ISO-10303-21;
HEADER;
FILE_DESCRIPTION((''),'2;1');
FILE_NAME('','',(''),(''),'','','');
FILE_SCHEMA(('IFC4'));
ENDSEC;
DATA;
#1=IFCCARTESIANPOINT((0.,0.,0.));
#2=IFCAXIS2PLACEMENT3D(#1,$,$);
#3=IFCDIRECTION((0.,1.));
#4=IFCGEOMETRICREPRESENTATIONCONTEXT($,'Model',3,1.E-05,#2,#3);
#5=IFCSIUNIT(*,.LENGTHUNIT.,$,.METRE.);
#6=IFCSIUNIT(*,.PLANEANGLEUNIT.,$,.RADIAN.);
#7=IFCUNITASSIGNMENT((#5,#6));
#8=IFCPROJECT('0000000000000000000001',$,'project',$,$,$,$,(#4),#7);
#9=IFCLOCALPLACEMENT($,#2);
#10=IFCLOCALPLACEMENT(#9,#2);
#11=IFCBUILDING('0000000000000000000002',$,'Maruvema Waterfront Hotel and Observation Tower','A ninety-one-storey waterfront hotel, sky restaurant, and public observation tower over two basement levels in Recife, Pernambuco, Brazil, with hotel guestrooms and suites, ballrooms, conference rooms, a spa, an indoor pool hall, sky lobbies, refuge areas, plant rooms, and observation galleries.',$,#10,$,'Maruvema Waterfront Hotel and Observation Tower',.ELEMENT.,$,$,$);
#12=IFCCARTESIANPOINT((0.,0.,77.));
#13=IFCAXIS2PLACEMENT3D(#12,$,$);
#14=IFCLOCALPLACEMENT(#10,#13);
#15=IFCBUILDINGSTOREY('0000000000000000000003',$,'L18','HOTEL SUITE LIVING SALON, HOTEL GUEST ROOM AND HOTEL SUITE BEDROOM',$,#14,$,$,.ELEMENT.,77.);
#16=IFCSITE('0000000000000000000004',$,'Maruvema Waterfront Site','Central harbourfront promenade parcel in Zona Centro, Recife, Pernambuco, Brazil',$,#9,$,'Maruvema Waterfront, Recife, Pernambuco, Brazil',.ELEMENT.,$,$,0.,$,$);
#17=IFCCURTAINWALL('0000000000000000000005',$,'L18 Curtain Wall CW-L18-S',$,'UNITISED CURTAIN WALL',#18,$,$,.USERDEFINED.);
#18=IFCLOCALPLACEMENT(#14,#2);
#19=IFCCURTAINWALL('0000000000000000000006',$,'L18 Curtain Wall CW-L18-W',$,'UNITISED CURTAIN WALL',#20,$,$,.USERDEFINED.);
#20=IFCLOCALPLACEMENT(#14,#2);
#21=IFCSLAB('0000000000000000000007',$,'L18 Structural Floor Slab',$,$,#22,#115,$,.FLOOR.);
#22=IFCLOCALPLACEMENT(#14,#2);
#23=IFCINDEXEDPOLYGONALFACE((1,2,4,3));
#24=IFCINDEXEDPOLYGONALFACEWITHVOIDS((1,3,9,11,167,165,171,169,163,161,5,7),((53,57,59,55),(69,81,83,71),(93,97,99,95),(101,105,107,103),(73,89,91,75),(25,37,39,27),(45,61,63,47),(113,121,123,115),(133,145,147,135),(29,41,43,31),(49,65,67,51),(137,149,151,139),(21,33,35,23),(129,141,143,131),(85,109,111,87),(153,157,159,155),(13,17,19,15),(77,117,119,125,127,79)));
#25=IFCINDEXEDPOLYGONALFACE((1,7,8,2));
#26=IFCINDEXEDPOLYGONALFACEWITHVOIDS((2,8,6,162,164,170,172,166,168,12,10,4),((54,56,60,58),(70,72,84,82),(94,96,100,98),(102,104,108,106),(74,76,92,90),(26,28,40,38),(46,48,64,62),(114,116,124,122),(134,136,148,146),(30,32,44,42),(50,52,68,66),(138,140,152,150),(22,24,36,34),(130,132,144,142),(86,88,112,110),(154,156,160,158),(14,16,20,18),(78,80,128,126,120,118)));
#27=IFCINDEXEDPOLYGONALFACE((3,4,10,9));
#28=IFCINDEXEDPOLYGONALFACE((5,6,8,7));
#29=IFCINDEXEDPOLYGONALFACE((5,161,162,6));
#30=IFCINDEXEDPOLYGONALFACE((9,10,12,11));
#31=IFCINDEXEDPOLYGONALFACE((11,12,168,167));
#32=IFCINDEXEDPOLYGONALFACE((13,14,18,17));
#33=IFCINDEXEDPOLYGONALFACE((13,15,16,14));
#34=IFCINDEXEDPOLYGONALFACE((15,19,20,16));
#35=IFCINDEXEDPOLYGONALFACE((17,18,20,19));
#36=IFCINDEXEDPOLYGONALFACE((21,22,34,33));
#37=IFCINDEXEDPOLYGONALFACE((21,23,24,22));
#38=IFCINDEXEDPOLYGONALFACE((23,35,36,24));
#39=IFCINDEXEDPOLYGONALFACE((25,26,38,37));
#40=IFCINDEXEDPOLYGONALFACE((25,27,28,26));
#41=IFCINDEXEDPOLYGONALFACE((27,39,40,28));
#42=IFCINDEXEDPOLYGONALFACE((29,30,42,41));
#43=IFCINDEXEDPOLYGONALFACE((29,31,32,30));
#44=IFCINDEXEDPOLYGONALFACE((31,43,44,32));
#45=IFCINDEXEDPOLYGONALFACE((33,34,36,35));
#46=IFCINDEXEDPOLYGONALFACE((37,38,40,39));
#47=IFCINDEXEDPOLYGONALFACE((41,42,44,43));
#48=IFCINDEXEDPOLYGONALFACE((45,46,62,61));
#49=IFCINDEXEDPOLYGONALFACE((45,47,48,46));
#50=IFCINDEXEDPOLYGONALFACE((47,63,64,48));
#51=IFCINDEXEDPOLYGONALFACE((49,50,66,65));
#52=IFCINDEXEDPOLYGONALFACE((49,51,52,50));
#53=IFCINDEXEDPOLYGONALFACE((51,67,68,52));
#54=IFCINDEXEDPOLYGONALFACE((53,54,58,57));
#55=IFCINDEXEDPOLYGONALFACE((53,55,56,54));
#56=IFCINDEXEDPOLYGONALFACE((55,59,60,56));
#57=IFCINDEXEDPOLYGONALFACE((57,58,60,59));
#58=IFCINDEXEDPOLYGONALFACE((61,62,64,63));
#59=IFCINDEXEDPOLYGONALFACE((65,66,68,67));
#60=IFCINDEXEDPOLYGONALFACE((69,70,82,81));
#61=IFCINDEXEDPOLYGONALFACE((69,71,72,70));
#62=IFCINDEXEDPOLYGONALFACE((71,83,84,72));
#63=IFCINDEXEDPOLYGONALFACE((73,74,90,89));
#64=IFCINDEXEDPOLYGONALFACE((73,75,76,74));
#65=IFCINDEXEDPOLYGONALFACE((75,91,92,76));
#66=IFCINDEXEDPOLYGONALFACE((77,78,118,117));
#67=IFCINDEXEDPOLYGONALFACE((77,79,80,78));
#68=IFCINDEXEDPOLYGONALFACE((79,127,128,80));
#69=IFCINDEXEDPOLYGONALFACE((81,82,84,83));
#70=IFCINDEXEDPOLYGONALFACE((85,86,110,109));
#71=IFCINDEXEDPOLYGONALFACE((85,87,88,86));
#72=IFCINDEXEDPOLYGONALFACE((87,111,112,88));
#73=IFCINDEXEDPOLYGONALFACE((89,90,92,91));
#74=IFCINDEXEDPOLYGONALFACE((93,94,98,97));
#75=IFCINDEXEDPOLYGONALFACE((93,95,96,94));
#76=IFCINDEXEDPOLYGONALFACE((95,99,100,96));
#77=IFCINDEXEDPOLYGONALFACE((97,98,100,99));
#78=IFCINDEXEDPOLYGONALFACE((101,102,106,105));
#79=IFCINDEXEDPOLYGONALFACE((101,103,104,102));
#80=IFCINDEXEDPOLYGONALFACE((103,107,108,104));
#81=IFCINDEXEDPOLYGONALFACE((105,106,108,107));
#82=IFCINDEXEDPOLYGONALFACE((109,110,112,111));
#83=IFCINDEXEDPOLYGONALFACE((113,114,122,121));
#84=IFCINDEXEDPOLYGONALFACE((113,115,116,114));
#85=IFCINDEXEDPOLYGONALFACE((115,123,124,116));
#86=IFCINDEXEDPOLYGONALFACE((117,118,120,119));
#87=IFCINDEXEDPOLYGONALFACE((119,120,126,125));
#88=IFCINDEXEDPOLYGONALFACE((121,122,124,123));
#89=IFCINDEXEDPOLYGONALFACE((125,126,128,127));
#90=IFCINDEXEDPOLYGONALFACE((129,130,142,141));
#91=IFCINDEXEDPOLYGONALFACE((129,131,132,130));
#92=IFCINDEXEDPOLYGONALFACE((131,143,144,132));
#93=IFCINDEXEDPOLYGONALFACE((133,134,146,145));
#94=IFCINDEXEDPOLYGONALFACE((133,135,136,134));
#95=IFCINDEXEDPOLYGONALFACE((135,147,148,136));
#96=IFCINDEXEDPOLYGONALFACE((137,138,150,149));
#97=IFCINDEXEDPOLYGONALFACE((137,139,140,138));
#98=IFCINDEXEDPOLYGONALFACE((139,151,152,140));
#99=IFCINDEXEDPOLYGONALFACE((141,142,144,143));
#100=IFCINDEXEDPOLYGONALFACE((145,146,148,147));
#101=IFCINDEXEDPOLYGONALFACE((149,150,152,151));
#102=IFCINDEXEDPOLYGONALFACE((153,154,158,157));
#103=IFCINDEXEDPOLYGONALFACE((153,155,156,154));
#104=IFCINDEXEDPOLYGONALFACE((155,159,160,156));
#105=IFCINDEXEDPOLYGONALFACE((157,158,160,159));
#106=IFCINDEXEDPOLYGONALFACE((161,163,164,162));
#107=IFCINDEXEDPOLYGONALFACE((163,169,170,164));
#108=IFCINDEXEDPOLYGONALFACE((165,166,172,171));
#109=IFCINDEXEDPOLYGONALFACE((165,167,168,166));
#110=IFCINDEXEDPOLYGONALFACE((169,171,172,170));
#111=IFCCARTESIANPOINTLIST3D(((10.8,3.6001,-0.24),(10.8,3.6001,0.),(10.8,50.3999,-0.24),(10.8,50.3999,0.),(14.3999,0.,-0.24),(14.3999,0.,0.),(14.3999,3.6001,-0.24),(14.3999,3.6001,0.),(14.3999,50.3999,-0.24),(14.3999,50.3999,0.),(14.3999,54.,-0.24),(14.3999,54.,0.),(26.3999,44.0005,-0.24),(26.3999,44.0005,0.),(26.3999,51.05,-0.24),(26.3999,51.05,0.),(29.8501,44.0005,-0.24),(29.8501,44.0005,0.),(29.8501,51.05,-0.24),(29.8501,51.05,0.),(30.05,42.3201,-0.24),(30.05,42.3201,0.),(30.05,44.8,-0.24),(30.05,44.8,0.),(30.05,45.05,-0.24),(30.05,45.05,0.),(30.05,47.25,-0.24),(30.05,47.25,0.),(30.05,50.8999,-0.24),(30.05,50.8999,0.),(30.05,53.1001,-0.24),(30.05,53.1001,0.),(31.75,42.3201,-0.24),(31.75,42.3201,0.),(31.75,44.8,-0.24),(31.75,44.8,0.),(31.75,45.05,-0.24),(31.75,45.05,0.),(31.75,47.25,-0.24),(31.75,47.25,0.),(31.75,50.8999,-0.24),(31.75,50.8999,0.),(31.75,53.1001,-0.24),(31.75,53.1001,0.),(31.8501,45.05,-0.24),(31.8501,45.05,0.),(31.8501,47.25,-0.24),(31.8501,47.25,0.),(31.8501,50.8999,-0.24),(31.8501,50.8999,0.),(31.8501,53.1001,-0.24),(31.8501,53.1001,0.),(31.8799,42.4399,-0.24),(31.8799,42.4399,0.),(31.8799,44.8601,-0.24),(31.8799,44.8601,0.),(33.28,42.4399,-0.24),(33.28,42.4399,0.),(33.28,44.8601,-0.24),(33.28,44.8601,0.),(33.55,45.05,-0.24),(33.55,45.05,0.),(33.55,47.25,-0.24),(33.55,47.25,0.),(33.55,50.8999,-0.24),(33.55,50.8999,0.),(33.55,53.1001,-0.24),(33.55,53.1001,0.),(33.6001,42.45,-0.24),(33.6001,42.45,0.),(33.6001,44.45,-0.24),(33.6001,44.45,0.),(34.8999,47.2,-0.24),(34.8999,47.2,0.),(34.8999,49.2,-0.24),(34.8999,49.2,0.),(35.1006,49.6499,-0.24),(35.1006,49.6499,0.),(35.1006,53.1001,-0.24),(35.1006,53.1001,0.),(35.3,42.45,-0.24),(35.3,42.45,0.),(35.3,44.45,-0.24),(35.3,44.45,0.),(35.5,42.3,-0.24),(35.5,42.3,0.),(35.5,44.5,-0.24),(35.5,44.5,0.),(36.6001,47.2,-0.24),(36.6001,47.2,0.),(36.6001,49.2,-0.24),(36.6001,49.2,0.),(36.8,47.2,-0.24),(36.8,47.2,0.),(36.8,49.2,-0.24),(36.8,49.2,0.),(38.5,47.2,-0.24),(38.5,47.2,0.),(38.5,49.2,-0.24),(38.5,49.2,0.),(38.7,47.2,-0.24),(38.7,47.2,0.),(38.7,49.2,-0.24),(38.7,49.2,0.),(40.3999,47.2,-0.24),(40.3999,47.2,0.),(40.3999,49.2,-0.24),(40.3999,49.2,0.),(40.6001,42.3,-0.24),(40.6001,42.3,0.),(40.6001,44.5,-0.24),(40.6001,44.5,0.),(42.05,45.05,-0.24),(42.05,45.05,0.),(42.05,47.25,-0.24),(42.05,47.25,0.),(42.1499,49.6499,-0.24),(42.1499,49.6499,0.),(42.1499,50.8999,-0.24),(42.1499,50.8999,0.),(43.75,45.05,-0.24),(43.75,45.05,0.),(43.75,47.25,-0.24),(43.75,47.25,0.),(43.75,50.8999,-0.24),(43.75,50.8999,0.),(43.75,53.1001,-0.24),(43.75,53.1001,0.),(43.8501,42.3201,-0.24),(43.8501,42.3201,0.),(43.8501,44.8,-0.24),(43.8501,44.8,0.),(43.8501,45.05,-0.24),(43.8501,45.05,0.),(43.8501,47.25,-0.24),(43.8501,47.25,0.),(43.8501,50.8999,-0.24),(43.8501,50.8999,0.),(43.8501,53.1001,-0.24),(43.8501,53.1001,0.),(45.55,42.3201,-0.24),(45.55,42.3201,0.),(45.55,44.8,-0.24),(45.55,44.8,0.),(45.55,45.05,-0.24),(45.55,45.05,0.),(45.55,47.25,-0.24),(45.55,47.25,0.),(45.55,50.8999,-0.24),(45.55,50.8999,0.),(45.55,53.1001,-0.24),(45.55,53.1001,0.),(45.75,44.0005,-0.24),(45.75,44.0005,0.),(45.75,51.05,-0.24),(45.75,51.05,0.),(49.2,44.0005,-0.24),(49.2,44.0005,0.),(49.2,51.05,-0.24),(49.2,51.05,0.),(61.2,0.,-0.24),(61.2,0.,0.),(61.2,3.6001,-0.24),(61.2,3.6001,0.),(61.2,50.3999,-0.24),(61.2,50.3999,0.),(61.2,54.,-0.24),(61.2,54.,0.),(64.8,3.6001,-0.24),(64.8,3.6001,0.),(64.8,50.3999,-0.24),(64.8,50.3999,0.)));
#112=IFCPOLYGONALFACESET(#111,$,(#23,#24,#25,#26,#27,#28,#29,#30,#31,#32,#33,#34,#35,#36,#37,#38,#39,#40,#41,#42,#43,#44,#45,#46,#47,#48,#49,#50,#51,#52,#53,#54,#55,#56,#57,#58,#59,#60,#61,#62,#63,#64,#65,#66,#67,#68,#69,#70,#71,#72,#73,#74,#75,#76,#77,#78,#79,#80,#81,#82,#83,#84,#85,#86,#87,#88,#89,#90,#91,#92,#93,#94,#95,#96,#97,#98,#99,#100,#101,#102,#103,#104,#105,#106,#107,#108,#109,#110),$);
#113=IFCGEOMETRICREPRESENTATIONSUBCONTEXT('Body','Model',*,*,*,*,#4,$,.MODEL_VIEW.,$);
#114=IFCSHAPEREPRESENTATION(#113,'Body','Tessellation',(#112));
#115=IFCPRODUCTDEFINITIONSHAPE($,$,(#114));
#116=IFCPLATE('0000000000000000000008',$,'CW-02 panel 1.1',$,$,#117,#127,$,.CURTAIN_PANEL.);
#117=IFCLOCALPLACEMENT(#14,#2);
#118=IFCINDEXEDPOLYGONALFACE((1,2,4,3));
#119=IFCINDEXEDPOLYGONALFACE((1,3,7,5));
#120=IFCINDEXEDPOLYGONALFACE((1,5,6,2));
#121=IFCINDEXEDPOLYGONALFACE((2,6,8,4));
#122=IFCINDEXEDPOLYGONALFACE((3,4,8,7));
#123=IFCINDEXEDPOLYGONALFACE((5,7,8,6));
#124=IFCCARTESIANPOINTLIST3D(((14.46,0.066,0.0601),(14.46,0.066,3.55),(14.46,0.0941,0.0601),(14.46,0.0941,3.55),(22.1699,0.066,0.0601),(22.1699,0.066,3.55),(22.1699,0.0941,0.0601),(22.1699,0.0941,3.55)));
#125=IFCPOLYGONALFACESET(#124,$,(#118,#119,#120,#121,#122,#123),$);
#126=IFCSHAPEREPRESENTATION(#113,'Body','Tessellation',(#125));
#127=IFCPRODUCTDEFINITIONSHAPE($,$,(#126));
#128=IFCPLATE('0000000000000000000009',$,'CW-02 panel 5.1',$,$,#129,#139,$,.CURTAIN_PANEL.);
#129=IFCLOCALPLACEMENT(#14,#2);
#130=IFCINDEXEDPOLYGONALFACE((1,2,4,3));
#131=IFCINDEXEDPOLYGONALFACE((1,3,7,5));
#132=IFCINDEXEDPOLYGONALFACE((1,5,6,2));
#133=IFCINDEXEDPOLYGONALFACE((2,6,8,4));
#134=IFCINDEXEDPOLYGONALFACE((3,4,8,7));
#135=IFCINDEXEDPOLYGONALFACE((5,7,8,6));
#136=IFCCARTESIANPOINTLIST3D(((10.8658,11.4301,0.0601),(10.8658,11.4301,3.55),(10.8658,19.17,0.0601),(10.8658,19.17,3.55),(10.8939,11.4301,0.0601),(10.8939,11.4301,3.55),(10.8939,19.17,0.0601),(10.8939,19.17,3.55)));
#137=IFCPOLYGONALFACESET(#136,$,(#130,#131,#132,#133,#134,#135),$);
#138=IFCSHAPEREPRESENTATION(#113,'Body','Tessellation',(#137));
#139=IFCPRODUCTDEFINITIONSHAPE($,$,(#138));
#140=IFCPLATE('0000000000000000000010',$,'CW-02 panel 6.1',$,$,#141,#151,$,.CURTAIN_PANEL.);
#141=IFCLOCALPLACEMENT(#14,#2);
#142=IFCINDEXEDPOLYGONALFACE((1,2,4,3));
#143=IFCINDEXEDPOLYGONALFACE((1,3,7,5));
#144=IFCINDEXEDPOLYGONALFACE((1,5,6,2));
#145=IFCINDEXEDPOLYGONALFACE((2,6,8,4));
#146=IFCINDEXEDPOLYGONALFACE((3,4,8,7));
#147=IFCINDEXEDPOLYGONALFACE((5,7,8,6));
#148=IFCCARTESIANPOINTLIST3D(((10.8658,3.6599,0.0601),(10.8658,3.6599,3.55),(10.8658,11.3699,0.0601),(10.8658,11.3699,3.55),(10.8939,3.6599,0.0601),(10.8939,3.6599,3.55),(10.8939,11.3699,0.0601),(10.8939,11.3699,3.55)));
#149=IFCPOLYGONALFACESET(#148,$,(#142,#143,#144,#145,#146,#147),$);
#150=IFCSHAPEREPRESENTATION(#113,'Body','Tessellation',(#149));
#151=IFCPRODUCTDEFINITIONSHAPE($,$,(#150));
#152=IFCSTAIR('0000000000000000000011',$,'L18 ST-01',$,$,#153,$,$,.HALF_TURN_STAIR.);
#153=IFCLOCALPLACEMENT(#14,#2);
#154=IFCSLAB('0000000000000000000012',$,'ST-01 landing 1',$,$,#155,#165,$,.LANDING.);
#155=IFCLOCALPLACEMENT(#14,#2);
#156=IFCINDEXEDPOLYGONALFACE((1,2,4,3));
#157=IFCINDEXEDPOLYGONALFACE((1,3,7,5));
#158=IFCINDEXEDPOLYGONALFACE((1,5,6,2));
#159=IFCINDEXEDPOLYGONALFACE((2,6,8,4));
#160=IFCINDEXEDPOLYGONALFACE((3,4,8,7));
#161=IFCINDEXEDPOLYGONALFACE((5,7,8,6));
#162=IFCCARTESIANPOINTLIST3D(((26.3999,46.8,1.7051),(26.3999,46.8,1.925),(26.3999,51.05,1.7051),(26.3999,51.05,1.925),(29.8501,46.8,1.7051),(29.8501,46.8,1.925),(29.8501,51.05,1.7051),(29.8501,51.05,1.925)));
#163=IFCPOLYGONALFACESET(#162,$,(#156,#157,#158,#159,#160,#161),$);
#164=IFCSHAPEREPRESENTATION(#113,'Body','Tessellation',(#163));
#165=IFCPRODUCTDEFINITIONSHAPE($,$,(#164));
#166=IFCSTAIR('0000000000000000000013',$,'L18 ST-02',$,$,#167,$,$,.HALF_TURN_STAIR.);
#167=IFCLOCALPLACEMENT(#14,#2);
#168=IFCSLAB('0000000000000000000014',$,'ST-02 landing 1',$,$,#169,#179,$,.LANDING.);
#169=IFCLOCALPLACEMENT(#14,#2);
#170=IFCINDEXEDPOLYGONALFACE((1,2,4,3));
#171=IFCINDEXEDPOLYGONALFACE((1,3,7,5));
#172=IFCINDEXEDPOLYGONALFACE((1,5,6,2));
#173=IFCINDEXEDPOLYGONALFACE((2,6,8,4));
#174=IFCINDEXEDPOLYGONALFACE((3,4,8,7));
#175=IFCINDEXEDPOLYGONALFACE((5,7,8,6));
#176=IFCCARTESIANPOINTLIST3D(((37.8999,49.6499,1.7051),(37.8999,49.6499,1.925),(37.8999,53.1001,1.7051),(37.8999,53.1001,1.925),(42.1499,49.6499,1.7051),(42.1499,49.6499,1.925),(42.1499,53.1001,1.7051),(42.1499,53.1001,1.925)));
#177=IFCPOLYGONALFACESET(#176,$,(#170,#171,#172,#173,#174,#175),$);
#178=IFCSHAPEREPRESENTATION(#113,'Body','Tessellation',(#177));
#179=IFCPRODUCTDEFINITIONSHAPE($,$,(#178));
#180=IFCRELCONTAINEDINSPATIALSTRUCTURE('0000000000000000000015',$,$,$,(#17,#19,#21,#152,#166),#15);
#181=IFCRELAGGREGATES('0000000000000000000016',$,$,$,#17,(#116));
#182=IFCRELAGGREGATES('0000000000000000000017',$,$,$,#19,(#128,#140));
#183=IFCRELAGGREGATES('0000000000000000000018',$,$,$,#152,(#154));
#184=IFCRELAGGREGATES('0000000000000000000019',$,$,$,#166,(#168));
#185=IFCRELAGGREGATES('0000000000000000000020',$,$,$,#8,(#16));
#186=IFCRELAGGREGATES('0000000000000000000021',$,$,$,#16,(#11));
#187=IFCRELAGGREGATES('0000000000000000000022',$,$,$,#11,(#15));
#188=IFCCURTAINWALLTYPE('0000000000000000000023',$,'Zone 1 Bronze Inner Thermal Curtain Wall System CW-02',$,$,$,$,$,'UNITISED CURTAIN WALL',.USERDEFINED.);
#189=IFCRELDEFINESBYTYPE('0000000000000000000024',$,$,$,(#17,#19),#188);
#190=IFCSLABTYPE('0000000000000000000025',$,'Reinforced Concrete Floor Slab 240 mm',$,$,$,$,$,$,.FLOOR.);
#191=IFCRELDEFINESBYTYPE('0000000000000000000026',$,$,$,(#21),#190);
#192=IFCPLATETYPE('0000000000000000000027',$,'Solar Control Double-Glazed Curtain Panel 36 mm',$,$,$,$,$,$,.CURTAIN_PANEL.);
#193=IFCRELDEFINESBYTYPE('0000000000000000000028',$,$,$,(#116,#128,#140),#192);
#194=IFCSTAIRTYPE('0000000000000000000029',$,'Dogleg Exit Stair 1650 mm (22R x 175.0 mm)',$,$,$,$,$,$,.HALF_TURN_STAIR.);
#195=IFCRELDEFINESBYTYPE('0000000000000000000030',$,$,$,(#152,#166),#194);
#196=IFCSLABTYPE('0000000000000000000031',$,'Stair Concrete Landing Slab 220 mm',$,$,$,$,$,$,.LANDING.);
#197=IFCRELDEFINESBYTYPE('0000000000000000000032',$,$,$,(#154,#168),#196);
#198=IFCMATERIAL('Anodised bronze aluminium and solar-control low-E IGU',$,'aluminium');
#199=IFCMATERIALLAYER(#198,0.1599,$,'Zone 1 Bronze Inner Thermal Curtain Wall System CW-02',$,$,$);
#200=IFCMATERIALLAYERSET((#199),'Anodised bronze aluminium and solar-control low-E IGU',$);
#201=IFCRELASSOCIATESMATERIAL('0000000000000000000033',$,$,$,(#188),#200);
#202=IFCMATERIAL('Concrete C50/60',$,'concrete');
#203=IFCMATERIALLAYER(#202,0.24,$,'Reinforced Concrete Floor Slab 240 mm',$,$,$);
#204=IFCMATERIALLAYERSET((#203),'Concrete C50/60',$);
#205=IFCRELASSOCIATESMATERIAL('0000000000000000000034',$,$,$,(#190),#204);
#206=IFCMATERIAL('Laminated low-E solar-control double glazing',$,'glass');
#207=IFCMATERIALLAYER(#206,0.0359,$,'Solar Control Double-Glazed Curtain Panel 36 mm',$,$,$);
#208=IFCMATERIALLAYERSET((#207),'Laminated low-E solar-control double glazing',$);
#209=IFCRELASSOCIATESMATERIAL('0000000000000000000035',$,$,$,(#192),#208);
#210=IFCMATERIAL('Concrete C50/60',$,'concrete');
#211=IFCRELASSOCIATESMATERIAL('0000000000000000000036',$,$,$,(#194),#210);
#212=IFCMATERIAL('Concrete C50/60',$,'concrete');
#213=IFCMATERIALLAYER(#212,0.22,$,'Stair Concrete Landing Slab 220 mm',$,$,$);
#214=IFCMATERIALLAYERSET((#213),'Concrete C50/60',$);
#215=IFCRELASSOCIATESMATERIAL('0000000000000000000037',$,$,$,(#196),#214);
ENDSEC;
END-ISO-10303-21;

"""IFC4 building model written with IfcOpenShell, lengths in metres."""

from ifc_helpers import new_model, si_unit, direction, frame, origin, origin_2d, place, context, subcontext, project, spatial, polyline, rectangle, outline, extrude, material, layer, layer_set, type_object, element, aggregate, save


model = new_model("IFC4")

# Units and contexts
model_context = context("Model", 3, precision=1e-05, world=origin(), true_north=direction((0.0, 1.0)))
body_context = subcontext(model_context, "Body", "Model", "MODEL_VIEW")
ifc_project = project(units=[si_unit("LENGTHUNIT", "METRE"), si_unit("PLANEANGLEUNIT", "RADIAN")], contexts=[model_context])

# Site, building, storey
site_placement = place(None, origin())
site = spatial("IfcSite", under=ifc_project, at=site_placement, Name="Maruvema Waterfront Site", Description="Central harbourfront promenade parcel in Zona Centro, Recife, Pernambuco, Brazil", LongName="Maruvema Waterfront, Recife, Pernambuco, Brazil", CompositionType="ELEMENT", RefElevation=0.0)
building_placement = place(site_placement, origin())
building = spatial("IfcBuilding", under=site, at=building_placement, Name="Maruvema Waterfront Hotel and Observation Tower", Description="A ninety-one-storey waterfront hotel, sky restaurant, and public observation tower over two basement levels in Recife, Pernambuco, Brazil, with hotel guestrooms and suites, ballrooms, conference rooms, a spa, an indoor pool hall, sky lobbies, refuge areas, plant rooms, and observation galleries.", LongName="Maruvema Waterfront Hotel and Observation Tower", CompositionType="ELEMENT")
storey_placement = place(building_placement, frame((0.0, 0.0, 77.0)))
storey = spatial("IfcBuildingStorey", under=building, at=storey_placement, Name="L18", Description="HOTEL SUITE LIVING SALON, HOTEL GUEST ROOM AND HOTEL SUITE BEDROOM", CompositionType="ELEMENT", Elevation=77.0)

# Curtain walls
ifc_material_1 = material(Name="Anodised bronze aluminium and solar-control low-E IGU", Category="aluminium")
ifc_layer_1 = layer(ifc_material_1, 0.1599, Name="Zone 1 Bronze Inner Thermal Curtain Wall System CW-02")
ifc_layer_set_1 = layer_set([ifc_layer_1], Name="Anodised bronze aluminium and solar-control low-E IGU")
curtain_wall_type = type_object("IfcCurtainWallType", Name="Zone 1 Bronze Inner Thermal Curtain Wall System CW-02", ElementType="UNITISED CURTAIN WALL", PredefinedType="USERDEFINED", material=ifc_layer_set_1)
curtain_wall_1_placement = place(storey_placement, origin())
curtain_wall_1 = element("IfcCurtainWall", 1, at=curtain_wall_1_placement, inside=storey, type_object=curtain_wall_type, Name="L18 Curtain Wall CW-L18-S", ObjectType="UNITISED CURTAIN WALL", PredefinedType="USERDEFINED")
curtain_wall_2_placement = place(storey_placement, origin())
curtain_wall_2 = element("IfcCurtainWall", 2, at=curtain_wall_2_placement, inside=storey, type_object=curtain_wall_type, Name="L18 Curtain Wall CW-L18-W", ObjectType="UNITISED CURTAIN WALL", PredefinedType="USERDEFINED")

# Slab
ifc_material_2 = material(Name="Concrete C50/60", Category="concrete")
ifc_layer_2 = layer(ifc_material_2, 0.24, Name="Reinforced Concrete Floor Slab 240 mm")
ifc_layer_set_2 = layer_set([ifc_layer_2], Name="Concrete C50/60")
slab_type_1 = type_object("IfcSlabType", Name="Reinforced Concrete Floor Slab 240 mm", PredefinedType="FLOOR", material=ifc_layer_set_2)
slab_1_placement = place(storey_placement, frame((0.0, 0.0, -0.24)))
element("IfcSlab", 3, at=slab_1_placement, inside=storey, type_object=slab_type_1, Name="L18 Structural Floor Slab", PredefinedType="FLOOR", context=body_context, shape_type="SweptSolid", body=[
    extrude(outline(polyline([(14.3999, 0.0), (61.2, 0.0), (61.2, 3.6001), (64.8, 3.6001), (64.8, 50.3999), (61.2, 50.3999), (61.2, 54.0), (14.3999, 54.0), (14.3999, 50.3999), (10.8, 50.3999), (10.8, 3.6001), (14.3999, 3.6001), (14.3999, 0.0)]), holes=[polyline([(26.3999, 44.0005), (26.3999, 51.05), (29.8501, 51.05), (29.8501, 44.0005), (26.3999, 44.0005)]), polyline([(30.05, 44.8), (31.75, 44.8), (31.75, 42.3201), (30.05, 42.3201), (30.05, 44.8)]), polyline([(31.75, 47.25), (31.75, 45.05), (30.05, 45.05), (30.05, 47.25), (31.75, 47.25)]), polyline([(31.75, 53.1001), (31.75, 50.8999), (30.05, 50.8999), (30.05, 53.1001), (31.75, 53.1001)]), polyline([(33.28, 44.8601), (33.28, 42.4399), (31.8799, 42.4399), (31.8799, 44.8601), (33.28, 44.8601)]), polyline([(31.8501, 47.25), (33.55, 47.25), (33.55, 45.05), (31.8501, 45.05), (31.8501, 47.25)]), polyline([(31.8501, 53.1001), (33.55, 53.1001), (33.55, 50.8999), (31.8501, 50.8999), (31.8501, 53.1001)]), polyline([(33.6001, 44.45), (35.3, 44.45), (35.3, 42.45), (33.6001, 42.45), (33.6001, 44.45)]), polyline([(34.8999, 49.2), (36.6001, 49.2), (36.6001, 47.2), (34.8999, 47.2), (34.8999, 49.2)]), polyline([(38.5, 49.2), (38.5, 47.2), (36.8, 47.2), (36.8, 49.2), (38.5, 49.2)]), polyline([(35.5, 44.5), (40.6001, 44.5), (40.6001, 42.3), (35.5, 42.3), (35.5, 44.5)]), polyline([(43.75, 50.8999), (42.1499, 50.8999), (42.1499, 49.6499), (35.1006, 49.6499), (35.1006, 53.1001), (43.75, 53.1001), (43.75, 50.8999)]), polyline([(40.3999, 49.2), (40.3999, 47.2), (38.7, 47.2), (38.7, 49.2), (40.3999, 49.2)]), polyline([(43.75, 47.25), (43.75, 45.05), (42.05, 45.05), (42.05, 47.25), (43.75, 47.25)]), polyline([(45.55, 44.8), (45.55, 42.3201), (43.8501, 42.3201), (43.8501, 44.8), (45.55, 44.8)]), polyline([(43.8501, 47.25), (45.55, 47.25), (45.55, 45.05), (43.8501, 45.05), (43.8501, 47.25)]), polyline([(45.55, 53.1001), (45.55, 50.8999), (43.8501, 50.8999), (43.8501, 53.1001), (45.55, 53.1001)]), polyline([(45.75, 51.05), (49.2, 51.05), (49.2, 44.0005), (45.75, 44.0005), (45.75, 51.05)])]), origin(), (0.0, 0.0, 1.0), 0.24),
])

# Plates
ifc_material_3 = material(Name="Laminated low-E solar-control double glazing", Category="glass")
ifc_layer_3 = layer(ifc_material_3, 0.0359, Name="Solar Control Double-Glazed Curtain Panel 36 mm")
ifc_layer_set_3 = layer_set([ifc_layer_3], Name="Laminated low-E solar-control double glazing")
plate_type = type_object("IfcPlateType", Name="Solar Control Double-Glazed Curtain Panel 36 mm", PredefinedType="CURTAIN_PANEL", material=ifc_layer_set_3)
plate_1_placement = place(storey_placement, frame((18.3149, 0.0801, 0.0601), z_axis=(0.0, 0.0, 1.0), x_axis=(1.0, 0.0, 0.0)))
plate_1 = element("IfcPlate", 4, at=plate_1_placement, type_object=plate_type, Name="CW-02 panel 1.1", PredefinedType="CURTAIN_PANEL", context=body_context, shape_type="SweptSolid", body=[
    extrude(rectangle(XDim=7.71, YDim=0.0281, at=origin_2d()), origin(), (0.0, 0.0, 1.0), 3.49),
])
aggregate(curtain_wall_1, [plate_1])
plate_2_placement = place(storey_placement, frame((10.8799, 15.3, 0.0601), z_axis=(0.0, 0.0, 1.0), x_axis=(0.0, -1.0, 0.0)))
plate_2 = element("IfcPlate", 5, at=plate_2_placement, type_object=plate_type, Name="CW-02 panel 5.1", PredefinedType="CURTAIN_PANEL", context=body_context, shape_type="SweptSolid", body=[
    extrude(rectangle(XDim=7.74, YDim=0.0281, at=origin_2d()), origin(), (0.0, 0.0, 1.0), 3.49),
])
plate_3_placement = place(storey_placement, frame((10.8799, 7.5149, 0.0601), z_axis=(0.0, 0.0, 1.0), x_axis=(0.0, -1.0, 0.0)))
plate_3 = element("IfcPlate", 6, at=plate_3_placement, type_object=plate_type, Name="CW-02 panel 6.1", PredefinedType="CURTAIN_PANEL", context=body_context, shape_type="SweptSolid", body=[
    extrude(rectangle(XDim=7.71, YDim=0.0281, at=origin_2d()), origin(), (0.0, 0.0, 1.0), 3.49),
])
aggregate(curtain_wall_2, [plate_2, plate_3])

# Stairs, slabs
ifc_material_4 = material(Name="Concrete C50/60", Category="concrete")
stair_type = type_object("IfcStairType", Name="Dogleg Exit Stair 1650 mm (22R x 175.0 mm)", PredefinedType="HALF_TURN_STAIR", material=ifc_material_4)
stair_1_placement = place(storey_placement, origin())
stair_1 = element("IfcStair", 7, at=stair_1_placement, inside=storey, type_object=stair_type, Name="L18 ST-01", PredefinedType="HALF_TURN_STAIR")
ifc_material_5 = material(Name="Concrete C50/60", Category="concrete")
ifc_layer_4 = layer(ifc_material_5, 0.22, Name="Stair Concrete Landing Slab 220 mm")
ifc_layer_set_4 = layer_set([ifc_layer_4], Name="Concrete C50/60")
slab_type_2 = type_object("IfcSlabType", Name="Stair Concrete Landing Slab 220 mm", PredefinedType="LANDING", material=ifc_layer_set_4)
slab_2_placement = place(storey_placement, frame((0.0, 0.0, 1.7051)))
slab_2 = element("IfcSlab", 8, at=slab_2_placement, type_object=slab_type_2, Name="ST-01 landing 1", PredefinedType="LANDING", context=body_context, shape_type="SweptSolid", body=[
    extrude(outline(polyline([(29.8501, 46.8), (29.8501, 51.05), (26.3999, 51.05), (26.3999, 46.8), (29.8501, 46.8)])), origin(), (0.0, 0.0, 1.0), 0.22),
])
aggregate(stair_1, [slab_2])
stair_2_placement = place(storey_placement, origin())
stair_2 = element("IfcStair", 9, at=stair_2_placement, inside=storey, type_object=stair_type, Name="L18 ST-02", PredefinedType="HALF_TURN_STAIR")
slab_3_placement = place(storey_placement, frame((0.0, 0.0, 1.7051)))
slab_3 = element("IfcSlab", 10, at=slab_3_placement, type_object=slab_type_2, Name="ST-02 landing 1", PredefinedType="LANDING", context=body_context, shape_type="SweptSolid", body=[
    extrude(outline(polyline([(37.8999, 49.6499), (42.1499, 49.6499), (42.1499, 53.1001), (37.8999, 53.1001), (37.8999, 49.6499)])), origin(), (0.0, 0.0, 1.0), 0.22),
])
aggregate(stair_2, [slab_3])

save(model, "model.ifc")
